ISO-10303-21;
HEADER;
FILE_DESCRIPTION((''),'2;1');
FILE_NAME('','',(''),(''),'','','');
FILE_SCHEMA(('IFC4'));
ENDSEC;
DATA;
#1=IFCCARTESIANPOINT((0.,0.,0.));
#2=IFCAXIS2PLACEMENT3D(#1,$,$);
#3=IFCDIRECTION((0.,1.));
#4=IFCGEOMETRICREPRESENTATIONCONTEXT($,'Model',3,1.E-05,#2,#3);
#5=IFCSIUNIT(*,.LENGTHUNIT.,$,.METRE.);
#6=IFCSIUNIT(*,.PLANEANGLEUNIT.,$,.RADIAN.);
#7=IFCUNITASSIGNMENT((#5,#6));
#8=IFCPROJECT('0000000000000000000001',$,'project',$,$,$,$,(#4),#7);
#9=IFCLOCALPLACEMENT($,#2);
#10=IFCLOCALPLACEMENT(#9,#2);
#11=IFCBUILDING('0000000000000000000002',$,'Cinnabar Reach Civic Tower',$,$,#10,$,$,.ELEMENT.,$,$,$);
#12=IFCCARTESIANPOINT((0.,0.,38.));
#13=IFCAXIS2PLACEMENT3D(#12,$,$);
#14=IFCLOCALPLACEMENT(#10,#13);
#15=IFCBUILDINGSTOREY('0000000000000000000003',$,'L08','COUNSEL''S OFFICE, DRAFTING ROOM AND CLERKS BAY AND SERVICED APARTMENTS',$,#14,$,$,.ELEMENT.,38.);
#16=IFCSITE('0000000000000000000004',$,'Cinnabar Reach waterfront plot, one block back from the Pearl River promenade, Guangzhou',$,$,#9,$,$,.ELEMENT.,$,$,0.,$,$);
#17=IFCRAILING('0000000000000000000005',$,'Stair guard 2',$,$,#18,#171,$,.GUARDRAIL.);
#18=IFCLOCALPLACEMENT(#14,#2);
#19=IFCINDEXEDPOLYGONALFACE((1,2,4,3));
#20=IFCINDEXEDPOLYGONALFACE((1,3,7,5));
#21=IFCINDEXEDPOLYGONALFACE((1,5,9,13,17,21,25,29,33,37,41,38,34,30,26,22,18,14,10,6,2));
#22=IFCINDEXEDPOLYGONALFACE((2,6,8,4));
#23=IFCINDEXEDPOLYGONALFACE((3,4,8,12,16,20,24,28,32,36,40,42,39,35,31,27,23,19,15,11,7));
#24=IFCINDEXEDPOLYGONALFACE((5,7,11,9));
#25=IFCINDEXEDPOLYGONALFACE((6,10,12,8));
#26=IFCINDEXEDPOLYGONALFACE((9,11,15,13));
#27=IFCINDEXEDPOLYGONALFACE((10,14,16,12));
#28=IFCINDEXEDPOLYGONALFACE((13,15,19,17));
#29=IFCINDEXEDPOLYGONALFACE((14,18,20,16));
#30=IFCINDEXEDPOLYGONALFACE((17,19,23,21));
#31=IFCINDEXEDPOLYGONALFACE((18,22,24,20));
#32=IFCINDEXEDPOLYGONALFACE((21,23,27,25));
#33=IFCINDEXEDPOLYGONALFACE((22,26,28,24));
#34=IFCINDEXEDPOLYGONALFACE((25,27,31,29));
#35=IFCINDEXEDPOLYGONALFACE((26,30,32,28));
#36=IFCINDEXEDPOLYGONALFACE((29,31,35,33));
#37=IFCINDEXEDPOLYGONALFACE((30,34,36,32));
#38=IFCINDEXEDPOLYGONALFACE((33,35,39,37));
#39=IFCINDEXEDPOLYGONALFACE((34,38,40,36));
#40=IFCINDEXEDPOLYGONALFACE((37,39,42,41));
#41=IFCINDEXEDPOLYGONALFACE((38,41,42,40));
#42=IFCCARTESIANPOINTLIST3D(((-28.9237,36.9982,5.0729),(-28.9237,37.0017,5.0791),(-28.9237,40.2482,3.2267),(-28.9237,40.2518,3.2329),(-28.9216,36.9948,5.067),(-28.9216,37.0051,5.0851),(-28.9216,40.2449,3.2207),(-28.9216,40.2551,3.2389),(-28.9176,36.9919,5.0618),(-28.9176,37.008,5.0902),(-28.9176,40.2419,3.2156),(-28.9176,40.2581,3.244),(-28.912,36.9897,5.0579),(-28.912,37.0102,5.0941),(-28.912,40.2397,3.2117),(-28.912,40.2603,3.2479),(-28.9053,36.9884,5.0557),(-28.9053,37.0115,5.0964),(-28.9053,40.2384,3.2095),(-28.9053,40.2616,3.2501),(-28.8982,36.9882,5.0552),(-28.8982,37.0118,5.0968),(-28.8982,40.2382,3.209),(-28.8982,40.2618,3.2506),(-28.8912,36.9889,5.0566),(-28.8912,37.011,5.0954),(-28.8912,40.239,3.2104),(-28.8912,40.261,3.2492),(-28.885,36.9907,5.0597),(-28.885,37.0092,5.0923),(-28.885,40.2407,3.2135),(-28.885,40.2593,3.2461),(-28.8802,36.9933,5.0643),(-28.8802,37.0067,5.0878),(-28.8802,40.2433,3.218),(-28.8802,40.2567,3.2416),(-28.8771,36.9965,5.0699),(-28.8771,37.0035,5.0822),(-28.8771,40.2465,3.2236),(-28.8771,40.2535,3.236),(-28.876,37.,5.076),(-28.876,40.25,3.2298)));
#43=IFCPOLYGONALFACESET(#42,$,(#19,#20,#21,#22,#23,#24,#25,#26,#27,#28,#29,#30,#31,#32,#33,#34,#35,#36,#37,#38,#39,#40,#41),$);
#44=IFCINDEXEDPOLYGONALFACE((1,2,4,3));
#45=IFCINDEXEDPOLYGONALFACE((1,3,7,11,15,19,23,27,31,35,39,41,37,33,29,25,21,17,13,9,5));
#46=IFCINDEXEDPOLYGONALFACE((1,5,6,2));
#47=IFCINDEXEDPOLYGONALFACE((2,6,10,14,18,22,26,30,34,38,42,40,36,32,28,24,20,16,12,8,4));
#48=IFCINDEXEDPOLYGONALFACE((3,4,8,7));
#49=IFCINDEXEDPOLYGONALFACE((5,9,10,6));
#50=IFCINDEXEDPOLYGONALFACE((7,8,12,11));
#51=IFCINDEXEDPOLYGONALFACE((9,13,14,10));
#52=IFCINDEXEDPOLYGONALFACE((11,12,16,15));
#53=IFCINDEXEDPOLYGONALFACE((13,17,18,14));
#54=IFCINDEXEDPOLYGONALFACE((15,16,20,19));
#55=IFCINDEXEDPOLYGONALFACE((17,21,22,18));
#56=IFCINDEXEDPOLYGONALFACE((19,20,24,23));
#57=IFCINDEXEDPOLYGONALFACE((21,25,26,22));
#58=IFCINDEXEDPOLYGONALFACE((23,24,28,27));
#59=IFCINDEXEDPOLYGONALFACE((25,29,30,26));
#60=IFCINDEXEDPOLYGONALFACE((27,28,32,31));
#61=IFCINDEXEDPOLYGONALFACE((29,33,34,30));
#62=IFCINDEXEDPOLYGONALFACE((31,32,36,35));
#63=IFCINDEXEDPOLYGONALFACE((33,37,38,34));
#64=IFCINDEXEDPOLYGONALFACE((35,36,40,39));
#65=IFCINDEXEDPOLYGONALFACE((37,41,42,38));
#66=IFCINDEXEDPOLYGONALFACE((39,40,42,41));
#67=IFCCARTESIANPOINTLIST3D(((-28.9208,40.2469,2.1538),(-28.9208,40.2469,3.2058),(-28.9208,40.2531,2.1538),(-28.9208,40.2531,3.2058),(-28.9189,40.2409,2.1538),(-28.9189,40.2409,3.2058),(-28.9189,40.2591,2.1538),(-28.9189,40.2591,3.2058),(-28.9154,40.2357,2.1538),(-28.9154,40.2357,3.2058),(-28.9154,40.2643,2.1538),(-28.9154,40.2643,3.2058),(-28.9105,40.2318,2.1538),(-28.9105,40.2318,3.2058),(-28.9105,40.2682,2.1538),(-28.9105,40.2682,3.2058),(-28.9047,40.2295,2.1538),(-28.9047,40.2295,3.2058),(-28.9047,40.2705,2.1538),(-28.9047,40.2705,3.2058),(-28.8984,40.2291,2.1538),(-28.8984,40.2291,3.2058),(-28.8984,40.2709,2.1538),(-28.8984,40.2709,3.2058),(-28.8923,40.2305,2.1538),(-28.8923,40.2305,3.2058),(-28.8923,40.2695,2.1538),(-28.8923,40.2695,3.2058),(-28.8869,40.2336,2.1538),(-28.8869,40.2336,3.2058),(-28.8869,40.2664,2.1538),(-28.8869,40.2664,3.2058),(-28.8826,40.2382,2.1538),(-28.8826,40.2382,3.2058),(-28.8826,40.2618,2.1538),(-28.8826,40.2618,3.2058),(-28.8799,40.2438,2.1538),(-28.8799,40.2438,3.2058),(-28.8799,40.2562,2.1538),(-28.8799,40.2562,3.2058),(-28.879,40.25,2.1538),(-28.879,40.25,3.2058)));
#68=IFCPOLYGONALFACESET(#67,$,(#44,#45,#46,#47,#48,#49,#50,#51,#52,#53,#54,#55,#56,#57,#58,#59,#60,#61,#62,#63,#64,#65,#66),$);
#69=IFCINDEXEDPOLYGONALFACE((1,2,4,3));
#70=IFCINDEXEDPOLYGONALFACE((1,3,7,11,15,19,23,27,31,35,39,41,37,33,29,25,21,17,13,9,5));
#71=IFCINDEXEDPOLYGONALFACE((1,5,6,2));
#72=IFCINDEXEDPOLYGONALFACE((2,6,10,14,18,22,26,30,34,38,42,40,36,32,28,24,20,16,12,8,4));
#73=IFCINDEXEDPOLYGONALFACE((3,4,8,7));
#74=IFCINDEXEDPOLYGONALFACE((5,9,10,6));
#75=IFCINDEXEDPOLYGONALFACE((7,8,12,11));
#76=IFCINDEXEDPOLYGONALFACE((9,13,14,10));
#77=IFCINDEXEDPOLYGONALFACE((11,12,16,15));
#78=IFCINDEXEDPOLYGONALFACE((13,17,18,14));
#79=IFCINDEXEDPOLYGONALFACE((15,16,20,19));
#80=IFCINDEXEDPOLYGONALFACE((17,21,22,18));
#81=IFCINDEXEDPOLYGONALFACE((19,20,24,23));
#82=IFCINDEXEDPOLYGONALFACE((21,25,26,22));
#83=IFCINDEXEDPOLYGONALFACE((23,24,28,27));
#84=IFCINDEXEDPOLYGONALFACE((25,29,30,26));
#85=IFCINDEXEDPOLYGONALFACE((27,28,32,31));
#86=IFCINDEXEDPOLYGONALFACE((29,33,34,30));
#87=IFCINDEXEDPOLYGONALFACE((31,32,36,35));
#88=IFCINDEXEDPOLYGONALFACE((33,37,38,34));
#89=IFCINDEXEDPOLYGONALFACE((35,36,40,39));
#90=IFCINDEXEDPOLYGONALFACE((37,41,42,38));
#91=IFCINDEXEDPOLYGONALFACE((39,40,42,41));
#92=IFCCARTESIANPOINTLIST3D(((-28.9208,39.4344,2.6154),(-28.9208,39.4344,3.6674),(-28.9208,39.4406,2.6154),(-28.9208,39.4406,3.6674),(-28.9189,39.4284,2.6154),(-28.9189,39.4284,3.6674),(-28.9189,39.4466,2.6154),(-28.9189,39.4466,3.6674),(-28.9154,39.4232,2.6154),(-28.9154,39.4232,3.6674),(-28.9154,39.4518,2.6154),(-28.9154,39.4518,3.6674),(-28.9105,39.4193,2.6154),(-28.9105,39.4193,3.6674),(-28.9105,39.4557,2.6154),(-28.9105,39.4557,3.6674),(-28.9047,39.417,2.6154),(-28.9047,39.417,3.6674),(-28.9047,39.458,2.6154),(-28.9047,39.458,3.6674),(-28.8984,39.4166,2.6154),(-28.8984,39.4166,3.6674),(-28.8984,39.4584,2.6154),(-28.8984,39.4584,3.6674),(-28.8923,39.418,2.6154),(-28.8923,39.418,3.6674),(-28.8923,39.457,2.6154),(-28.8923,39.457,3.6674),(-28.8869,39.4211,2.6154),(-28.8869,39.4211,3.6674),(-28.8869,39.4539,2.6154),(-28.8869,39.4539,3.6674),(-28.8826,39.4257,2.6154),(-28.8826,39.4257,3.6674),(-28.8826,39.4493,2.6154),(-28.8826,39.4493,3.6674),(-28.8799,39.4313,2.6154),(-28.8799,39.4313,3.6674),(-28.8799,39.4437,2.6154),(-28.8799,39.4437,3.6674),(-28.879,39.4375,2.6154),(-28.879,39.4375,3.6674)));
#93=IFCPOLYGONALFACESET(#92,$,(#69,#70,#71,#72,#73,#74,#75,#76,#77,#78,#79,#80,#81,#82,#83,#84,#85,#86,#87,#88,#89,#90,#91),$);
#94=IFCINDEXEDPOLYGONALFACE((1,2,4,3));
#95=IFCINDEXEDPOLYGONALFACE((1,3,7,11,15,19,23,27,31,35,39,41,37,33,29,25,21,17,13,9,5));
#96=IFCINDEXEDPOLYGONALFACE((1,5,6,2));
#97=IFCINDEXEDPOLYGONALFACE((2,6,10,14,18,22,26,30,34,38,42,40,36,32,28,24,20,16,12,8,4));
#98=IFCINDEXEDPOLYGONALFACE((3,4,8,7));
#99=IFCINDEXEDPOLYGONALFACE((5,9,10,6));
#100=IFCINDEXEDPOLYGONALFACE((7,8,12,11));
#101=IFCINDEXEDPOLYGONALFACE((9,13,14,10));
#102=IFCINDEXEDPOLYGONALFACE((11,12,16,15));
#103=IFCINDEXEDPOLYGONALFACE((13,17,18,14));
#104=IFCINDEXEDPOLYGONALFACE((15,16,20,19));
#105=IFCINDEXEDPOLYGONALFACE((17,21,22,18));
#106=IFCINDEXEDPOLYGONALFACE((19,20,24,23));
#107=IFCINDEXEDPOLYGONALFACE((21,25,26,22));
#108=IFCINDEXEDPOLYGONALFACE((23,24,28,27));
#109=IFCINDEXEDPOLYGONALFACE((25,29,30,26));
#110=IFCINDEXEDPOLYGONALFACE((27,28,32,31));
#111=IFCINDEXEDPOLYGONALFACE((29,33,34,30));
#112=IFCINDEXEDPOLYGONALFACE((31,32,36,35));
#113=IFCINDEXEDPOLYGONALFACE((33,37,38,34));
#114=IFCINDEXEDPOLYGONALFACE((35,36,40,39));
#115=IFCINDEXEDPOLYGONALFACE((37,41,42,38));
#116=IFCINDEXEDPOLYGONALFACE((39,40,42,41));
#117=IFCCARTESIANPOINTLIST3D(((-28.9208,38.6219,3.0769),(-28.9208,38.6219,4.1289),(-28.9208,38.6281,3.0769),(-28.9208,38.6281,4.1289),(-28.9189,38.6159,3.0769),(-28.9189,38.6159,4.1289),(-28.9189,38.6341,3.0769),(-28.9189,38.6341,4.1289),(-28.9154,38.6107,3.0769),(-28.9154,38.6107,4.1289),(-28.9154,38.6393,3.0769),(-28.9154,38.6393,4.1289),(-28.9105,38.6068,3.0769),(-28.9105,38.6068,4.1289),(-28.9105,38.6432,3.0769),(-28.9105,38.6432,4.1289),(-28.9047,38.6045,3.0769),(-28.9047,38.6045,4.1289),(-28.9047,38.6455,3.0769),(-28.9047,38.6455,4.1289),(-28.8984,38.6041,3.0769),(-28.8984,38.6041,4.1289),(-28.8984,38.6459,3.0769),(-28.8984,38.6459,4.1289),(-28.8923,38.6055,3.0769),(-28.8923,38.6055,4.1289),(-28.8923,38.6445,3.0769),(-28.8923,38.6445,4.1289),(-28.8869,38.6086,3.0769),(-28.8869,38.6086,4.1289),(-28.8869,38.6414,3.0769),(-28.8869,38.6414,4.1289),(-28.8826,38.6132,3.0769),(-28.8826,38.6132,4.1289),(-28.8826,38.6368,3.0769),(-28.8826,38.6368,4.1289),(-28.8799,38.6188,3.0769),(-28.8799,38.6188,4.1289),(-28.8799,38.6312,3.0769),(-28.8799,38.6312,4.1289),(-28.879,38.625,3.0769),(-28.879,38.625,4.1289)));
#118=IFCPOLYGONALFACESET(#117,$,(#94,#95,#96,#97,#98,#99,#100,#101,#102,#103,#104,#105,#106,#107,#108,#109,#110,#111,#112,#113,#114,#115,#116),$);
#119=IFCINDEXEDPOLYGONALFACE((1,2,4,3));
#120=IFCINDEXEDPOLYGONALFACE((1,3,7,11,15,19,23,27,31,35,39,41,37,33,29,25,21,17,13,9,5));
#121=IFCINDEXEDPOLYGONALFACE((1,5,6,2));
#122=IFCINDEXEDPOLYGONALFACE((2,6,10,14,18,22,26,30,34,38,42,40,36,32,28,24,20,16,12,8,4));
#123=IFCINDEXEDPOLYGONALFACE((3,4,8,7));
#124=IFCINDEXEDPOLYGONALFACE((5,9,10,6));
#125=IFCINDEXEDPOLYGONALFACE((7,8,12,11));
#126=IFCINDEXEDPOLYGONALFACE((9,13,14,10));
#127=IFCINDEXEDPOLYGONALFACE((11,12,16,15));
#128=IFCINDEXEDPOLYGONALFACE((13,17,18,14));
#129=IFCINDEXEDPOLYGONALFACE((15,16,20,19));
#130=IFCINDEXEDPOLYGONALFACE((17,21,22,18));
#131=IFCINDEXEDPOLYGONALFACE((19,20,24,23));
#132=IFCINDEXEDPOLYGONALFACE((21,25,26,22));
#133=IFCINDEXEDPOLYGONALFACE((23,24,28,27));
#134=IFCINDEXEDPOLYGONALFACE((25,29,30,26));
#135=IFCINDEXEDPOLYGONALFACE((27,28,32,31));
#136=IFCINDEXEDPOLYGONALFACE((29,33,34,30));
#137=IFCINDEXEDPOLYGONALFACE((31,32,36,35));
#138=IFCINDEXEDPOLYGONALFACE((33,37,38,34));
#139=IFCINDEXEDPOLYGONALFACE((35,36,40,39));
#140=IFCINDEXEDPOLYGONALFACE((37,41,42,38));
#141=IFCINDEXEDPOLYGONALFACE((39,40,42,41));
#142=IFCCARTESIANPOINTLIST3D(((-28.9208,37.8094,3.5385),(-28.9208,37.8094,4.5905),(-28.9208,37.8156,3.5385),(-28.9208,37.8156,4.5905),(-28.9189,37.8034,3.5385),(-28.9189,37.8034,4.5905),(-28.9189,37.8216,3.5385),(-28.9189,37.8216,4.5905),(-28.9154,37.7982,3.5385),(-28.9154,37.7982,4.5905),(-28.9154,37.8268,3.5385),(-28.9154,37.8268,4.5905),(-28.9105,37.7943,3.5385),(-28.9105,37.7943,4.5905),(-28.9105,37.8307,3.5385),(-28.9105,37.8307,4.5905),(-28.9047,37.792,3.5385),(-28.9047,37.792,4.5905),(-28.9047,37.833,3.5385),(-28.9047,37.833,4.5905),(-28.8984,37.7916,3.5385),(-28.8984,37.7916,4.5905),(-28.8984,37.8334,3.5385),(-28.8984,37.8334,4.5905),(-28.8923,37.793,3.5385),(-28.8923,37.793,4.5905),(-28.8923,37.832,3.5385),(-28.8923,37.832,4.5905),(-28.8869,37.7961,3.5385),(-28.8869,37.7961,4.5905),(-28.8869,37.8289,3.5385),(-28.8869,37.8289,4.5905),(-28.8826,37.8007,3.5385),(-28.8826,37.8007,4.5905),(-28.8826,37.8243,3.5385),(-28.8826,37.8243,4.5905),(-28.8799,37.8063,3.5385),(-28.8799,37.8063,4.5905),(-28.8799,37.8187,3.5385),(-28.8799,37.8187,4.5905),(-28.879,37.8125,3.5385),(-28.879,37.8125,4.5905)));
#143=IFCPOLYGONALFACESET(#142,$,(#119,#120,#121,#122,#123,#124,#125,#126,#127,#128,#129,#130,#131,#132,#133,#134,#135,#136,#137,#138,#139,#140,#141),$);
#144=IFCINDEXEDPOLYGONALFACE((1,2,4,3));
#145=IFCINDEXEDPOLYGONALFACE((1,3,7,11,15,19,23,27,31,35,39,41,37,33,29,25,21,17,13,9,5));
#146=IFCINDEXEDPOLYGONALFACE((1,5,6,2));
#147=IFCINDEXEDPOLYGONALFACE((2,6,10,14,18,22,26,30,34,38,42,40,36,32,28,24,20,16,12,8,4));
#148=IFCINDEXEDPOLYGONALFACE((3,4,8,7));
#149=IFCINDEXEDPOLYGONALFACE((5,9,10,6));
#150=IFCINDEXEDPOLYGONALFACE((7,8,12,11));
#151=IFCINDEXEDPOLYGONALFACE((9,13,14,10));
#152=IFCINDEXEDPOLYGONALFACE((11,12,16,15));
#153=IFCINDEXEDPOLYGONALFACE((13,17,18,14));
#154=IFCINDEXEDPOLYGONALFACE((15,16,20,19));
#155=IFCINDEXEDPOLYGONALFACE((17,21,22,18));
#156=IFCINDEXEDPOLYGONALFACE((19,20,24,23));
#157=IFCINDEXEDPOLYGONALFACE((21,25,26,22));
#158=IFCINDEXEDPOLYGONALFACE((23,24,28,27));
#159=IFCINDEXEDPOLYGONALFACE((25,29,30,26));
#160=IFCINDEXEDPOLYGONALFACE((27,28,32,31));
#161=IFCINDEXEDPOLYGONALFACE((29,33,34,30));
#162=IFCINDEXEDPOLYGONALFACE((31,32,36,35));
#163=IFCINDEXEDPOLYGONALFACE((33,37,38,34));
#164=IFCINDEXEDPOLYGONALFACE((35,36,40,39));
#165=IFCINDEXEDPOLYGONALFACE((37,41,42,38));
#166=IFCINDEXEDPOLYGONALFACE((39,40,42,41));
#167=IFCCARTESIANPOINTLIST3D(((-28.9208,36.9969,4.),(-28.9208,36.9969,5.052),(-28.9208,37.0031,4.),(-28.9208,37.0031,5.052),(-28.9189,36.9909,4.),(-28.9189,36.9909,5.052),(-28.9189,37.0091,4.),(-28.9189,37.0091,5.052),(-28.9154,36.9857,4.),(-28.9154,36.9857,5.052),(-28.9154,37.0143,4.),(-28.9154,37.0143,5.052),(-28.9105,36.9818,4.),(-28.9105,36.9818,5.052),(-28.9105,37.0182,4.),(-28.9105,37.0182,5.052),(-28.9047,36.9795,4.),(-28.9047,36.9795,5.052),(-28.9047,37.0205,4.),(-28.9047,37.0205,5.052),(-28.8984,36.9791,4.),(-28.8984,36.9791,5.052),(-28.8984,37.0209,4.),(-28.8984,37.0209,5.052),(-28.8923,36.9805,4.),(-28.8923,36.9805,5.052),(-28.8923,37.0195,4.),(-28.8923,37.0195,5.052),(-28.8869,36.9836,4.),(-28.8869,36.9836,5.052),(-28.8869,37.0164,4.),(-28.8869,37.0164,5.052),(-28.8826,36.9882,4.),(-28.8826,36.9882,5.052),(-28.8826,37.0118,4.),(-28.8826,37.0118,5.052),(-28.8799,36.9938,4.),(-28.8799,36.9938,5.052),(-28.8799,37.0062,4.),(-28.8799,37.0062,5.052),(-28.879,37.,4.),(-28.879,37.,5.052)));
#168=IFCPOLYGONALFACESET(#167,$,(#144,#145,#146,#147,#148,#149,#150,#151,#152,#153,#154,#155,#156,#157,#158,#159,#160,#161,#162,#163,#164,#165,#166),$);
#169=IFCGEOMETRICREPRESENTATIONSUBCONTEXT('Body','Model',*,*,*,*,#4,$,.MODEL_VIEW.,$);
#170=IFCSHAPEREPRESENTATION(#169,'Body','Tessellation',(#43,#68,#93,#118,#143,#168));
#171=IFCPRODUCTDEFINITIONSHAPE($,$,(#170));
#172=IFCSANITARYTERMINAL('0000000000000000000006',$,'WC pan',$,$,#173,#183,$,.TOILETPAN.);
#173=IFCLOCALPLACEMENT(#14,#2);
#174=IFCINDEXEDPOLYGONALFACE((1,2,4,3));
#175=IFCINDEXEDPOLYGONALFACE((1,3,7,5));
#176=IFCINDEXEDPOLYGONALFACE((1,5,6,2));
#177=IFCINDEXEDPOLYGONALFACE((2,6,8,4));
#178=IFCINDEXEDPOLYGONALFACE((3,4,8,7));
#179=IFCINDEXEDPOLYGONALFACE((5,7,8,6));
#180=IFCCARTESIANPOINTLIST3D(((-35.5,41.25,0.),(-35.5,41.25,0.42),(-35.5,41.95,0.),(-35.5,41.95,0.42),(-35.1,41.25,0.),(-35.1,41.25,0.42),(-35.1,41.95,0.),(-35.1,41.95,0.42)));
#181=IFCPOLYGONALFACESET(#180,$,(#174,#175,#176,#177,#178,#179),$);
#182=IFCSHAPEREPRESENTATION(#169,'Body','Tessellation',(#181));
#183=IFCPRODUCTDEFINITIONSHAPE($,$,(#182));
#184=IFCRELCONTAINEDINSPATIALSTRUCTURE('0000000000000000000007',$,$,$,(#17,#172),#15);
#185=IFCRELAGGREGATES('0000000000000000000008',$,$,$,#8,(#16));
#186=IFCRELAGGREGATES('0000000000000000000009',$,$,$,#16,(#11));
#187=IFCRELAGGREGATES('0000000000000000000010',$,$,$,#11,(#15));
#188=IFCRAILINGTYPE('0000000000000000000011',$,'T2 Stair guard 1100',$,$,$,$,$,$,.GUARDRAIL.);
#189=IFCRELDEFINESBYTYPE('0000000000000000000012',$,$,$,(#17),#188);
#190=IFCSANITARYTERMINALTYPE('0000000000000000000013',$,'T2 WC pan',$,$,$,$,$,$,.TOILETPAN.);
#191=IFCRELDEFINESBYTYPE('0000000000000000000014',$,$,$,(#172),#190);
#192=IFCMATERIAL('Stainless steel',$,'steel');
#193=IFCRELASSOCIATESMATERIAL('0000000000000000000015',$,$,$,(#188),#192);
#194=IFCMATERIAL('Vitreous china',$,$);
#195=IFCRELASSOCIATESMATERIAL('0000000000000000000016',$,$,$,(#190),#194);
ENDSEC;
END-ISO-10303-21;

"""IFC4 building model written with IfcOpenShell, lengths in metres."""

from ifc_helpers import new_model, si_unit, direction, frame, origin, origin_2d, place, context, subcontext, project, spatial, rectangle, circle, extrude, material, type_object, element, save


model = new_model("IFC4")

# Units and contexts
model_context = context("Model", 3, precision=1e-05, world=origin(), true_north=direction((0.0, 1.0)))
body_context = subcontext(model_context, "Body", "Model", "MODEL_VIEW")
ifc_project = project(units=[si_unit("LENGTHUNIT", "METRE"), si_unit("PLANEANGLEUNIT", "RADIAN")], contexts=[model_context])

# Site, building, storey
site_placement = place(None, origin())
site = spatial("IfcSite", under=ifc_project, at=site_placement, Name="Cinnabar Reach waterfront plot, one block back from the Pearl River promenade, Guangzhou", CompositionType="ELEMENT", RefElevation=0.0)
building_placement = place(site_placement, origin())
building = spatial("IfcBuilding", under=site, at=building_placement, Name="Cinnabar Reach Civic Tower", CompositionType="ELEMENT")
storey_placement = place(building_placement, frame((0.0, 0.0, 38.0)))
storey = spatial("IfcBuildingStorey", under=building, at=storey_placement, Name="L08", Description="COUNSEL'S OFFICE, DRAFTING ROOM AND CLERKS BAY AND SERVICED APARTMENTS", CompositionType="ELEMENT", Elevation=38.0)

# Railing
ifc_material_1 = material(Name="Stainless steel", Category="steel")
railing_type = type_object("IfcRailingType", Name="T2 Stair guard 1100", PredefinedType="GUARDRAIL", material=ifc_material_1)
railing_placement = place(storey_placement, frame((-28.9, 40.25, 2.1538)))
element("IfcRailing", 1, at=railing_placement, inside=storey, type_object=railing_type, Name="Stair guard 2", PredefinedType="GUARDRAIL", context=body_context, shape_type="SweptSolid", body=[
    extrude(circle(Radius=0.024, at=origin_2d()), frame((0.0, 0.0, 1.076), z_axis=(0.0, -0.869501, 0.49393), x_axis=(1.0, 0.0, 0.0)), (0.0, 0.0, 1.0), 3.7378),
    extrude(circle(Radius=0.021, at=origin_2d()), origin(), (0.0, 0.0, 1.0), 1.052),
    extrude(circle(Radius=0.021, at=origin_2d()), frame((0.0, -0.8125, 0.4616)), (0.0, 0.0, 1.0), 1.052),
    extrude(circle(Radius=0.021, at=origin_2d()), frame((0.0, -1.625, 0.9231)), (0.0, 0.0, 1.0), 1.052),
    extrude(circle(Radius=0.021, at=origin_2d()), frame((0.0, -2.4375, 1.3847)), (0.0, 0.0, 1.0), 1.052),
    extrude(circle(Radius=0.021, at=origin_2d()), frame((0.0, -3.25, 1.8462)), (0.0, 0.0, 1.0), 1.052),
])

# Sanitary terminal
ifc_material_2 = material(Name="Vitreous china")
sanitary_terminal_type = type_object("IfcSanitaryTerminalType", Name="T2 WC pan", PredefinedType="TOILETPAN", material=ifc_material_2)
sanitary_terminal_placement = place(storey_placement, frame((-35.3, 41.6, 0.0), z_axis=(0.0, 0.0, 1.0), x_axis=(1.0, 0.0, 0.0)))
element("IfcSanitaryTerminal", 2, at=sanitary_terminal_placement, inside=storey, type_object=sanitary_terminal_type, Name="WC pan", PredefinedType="TOILETPAN", context=body_context, shape_type="SweptSolid", body=[
    extrude(rectangle(XDim=0.4, YDim=0.7, at=origin_2d()), origin(), (0.0, 0.0, 1.0), 0.42),
])

save(model, "model.ifc")
